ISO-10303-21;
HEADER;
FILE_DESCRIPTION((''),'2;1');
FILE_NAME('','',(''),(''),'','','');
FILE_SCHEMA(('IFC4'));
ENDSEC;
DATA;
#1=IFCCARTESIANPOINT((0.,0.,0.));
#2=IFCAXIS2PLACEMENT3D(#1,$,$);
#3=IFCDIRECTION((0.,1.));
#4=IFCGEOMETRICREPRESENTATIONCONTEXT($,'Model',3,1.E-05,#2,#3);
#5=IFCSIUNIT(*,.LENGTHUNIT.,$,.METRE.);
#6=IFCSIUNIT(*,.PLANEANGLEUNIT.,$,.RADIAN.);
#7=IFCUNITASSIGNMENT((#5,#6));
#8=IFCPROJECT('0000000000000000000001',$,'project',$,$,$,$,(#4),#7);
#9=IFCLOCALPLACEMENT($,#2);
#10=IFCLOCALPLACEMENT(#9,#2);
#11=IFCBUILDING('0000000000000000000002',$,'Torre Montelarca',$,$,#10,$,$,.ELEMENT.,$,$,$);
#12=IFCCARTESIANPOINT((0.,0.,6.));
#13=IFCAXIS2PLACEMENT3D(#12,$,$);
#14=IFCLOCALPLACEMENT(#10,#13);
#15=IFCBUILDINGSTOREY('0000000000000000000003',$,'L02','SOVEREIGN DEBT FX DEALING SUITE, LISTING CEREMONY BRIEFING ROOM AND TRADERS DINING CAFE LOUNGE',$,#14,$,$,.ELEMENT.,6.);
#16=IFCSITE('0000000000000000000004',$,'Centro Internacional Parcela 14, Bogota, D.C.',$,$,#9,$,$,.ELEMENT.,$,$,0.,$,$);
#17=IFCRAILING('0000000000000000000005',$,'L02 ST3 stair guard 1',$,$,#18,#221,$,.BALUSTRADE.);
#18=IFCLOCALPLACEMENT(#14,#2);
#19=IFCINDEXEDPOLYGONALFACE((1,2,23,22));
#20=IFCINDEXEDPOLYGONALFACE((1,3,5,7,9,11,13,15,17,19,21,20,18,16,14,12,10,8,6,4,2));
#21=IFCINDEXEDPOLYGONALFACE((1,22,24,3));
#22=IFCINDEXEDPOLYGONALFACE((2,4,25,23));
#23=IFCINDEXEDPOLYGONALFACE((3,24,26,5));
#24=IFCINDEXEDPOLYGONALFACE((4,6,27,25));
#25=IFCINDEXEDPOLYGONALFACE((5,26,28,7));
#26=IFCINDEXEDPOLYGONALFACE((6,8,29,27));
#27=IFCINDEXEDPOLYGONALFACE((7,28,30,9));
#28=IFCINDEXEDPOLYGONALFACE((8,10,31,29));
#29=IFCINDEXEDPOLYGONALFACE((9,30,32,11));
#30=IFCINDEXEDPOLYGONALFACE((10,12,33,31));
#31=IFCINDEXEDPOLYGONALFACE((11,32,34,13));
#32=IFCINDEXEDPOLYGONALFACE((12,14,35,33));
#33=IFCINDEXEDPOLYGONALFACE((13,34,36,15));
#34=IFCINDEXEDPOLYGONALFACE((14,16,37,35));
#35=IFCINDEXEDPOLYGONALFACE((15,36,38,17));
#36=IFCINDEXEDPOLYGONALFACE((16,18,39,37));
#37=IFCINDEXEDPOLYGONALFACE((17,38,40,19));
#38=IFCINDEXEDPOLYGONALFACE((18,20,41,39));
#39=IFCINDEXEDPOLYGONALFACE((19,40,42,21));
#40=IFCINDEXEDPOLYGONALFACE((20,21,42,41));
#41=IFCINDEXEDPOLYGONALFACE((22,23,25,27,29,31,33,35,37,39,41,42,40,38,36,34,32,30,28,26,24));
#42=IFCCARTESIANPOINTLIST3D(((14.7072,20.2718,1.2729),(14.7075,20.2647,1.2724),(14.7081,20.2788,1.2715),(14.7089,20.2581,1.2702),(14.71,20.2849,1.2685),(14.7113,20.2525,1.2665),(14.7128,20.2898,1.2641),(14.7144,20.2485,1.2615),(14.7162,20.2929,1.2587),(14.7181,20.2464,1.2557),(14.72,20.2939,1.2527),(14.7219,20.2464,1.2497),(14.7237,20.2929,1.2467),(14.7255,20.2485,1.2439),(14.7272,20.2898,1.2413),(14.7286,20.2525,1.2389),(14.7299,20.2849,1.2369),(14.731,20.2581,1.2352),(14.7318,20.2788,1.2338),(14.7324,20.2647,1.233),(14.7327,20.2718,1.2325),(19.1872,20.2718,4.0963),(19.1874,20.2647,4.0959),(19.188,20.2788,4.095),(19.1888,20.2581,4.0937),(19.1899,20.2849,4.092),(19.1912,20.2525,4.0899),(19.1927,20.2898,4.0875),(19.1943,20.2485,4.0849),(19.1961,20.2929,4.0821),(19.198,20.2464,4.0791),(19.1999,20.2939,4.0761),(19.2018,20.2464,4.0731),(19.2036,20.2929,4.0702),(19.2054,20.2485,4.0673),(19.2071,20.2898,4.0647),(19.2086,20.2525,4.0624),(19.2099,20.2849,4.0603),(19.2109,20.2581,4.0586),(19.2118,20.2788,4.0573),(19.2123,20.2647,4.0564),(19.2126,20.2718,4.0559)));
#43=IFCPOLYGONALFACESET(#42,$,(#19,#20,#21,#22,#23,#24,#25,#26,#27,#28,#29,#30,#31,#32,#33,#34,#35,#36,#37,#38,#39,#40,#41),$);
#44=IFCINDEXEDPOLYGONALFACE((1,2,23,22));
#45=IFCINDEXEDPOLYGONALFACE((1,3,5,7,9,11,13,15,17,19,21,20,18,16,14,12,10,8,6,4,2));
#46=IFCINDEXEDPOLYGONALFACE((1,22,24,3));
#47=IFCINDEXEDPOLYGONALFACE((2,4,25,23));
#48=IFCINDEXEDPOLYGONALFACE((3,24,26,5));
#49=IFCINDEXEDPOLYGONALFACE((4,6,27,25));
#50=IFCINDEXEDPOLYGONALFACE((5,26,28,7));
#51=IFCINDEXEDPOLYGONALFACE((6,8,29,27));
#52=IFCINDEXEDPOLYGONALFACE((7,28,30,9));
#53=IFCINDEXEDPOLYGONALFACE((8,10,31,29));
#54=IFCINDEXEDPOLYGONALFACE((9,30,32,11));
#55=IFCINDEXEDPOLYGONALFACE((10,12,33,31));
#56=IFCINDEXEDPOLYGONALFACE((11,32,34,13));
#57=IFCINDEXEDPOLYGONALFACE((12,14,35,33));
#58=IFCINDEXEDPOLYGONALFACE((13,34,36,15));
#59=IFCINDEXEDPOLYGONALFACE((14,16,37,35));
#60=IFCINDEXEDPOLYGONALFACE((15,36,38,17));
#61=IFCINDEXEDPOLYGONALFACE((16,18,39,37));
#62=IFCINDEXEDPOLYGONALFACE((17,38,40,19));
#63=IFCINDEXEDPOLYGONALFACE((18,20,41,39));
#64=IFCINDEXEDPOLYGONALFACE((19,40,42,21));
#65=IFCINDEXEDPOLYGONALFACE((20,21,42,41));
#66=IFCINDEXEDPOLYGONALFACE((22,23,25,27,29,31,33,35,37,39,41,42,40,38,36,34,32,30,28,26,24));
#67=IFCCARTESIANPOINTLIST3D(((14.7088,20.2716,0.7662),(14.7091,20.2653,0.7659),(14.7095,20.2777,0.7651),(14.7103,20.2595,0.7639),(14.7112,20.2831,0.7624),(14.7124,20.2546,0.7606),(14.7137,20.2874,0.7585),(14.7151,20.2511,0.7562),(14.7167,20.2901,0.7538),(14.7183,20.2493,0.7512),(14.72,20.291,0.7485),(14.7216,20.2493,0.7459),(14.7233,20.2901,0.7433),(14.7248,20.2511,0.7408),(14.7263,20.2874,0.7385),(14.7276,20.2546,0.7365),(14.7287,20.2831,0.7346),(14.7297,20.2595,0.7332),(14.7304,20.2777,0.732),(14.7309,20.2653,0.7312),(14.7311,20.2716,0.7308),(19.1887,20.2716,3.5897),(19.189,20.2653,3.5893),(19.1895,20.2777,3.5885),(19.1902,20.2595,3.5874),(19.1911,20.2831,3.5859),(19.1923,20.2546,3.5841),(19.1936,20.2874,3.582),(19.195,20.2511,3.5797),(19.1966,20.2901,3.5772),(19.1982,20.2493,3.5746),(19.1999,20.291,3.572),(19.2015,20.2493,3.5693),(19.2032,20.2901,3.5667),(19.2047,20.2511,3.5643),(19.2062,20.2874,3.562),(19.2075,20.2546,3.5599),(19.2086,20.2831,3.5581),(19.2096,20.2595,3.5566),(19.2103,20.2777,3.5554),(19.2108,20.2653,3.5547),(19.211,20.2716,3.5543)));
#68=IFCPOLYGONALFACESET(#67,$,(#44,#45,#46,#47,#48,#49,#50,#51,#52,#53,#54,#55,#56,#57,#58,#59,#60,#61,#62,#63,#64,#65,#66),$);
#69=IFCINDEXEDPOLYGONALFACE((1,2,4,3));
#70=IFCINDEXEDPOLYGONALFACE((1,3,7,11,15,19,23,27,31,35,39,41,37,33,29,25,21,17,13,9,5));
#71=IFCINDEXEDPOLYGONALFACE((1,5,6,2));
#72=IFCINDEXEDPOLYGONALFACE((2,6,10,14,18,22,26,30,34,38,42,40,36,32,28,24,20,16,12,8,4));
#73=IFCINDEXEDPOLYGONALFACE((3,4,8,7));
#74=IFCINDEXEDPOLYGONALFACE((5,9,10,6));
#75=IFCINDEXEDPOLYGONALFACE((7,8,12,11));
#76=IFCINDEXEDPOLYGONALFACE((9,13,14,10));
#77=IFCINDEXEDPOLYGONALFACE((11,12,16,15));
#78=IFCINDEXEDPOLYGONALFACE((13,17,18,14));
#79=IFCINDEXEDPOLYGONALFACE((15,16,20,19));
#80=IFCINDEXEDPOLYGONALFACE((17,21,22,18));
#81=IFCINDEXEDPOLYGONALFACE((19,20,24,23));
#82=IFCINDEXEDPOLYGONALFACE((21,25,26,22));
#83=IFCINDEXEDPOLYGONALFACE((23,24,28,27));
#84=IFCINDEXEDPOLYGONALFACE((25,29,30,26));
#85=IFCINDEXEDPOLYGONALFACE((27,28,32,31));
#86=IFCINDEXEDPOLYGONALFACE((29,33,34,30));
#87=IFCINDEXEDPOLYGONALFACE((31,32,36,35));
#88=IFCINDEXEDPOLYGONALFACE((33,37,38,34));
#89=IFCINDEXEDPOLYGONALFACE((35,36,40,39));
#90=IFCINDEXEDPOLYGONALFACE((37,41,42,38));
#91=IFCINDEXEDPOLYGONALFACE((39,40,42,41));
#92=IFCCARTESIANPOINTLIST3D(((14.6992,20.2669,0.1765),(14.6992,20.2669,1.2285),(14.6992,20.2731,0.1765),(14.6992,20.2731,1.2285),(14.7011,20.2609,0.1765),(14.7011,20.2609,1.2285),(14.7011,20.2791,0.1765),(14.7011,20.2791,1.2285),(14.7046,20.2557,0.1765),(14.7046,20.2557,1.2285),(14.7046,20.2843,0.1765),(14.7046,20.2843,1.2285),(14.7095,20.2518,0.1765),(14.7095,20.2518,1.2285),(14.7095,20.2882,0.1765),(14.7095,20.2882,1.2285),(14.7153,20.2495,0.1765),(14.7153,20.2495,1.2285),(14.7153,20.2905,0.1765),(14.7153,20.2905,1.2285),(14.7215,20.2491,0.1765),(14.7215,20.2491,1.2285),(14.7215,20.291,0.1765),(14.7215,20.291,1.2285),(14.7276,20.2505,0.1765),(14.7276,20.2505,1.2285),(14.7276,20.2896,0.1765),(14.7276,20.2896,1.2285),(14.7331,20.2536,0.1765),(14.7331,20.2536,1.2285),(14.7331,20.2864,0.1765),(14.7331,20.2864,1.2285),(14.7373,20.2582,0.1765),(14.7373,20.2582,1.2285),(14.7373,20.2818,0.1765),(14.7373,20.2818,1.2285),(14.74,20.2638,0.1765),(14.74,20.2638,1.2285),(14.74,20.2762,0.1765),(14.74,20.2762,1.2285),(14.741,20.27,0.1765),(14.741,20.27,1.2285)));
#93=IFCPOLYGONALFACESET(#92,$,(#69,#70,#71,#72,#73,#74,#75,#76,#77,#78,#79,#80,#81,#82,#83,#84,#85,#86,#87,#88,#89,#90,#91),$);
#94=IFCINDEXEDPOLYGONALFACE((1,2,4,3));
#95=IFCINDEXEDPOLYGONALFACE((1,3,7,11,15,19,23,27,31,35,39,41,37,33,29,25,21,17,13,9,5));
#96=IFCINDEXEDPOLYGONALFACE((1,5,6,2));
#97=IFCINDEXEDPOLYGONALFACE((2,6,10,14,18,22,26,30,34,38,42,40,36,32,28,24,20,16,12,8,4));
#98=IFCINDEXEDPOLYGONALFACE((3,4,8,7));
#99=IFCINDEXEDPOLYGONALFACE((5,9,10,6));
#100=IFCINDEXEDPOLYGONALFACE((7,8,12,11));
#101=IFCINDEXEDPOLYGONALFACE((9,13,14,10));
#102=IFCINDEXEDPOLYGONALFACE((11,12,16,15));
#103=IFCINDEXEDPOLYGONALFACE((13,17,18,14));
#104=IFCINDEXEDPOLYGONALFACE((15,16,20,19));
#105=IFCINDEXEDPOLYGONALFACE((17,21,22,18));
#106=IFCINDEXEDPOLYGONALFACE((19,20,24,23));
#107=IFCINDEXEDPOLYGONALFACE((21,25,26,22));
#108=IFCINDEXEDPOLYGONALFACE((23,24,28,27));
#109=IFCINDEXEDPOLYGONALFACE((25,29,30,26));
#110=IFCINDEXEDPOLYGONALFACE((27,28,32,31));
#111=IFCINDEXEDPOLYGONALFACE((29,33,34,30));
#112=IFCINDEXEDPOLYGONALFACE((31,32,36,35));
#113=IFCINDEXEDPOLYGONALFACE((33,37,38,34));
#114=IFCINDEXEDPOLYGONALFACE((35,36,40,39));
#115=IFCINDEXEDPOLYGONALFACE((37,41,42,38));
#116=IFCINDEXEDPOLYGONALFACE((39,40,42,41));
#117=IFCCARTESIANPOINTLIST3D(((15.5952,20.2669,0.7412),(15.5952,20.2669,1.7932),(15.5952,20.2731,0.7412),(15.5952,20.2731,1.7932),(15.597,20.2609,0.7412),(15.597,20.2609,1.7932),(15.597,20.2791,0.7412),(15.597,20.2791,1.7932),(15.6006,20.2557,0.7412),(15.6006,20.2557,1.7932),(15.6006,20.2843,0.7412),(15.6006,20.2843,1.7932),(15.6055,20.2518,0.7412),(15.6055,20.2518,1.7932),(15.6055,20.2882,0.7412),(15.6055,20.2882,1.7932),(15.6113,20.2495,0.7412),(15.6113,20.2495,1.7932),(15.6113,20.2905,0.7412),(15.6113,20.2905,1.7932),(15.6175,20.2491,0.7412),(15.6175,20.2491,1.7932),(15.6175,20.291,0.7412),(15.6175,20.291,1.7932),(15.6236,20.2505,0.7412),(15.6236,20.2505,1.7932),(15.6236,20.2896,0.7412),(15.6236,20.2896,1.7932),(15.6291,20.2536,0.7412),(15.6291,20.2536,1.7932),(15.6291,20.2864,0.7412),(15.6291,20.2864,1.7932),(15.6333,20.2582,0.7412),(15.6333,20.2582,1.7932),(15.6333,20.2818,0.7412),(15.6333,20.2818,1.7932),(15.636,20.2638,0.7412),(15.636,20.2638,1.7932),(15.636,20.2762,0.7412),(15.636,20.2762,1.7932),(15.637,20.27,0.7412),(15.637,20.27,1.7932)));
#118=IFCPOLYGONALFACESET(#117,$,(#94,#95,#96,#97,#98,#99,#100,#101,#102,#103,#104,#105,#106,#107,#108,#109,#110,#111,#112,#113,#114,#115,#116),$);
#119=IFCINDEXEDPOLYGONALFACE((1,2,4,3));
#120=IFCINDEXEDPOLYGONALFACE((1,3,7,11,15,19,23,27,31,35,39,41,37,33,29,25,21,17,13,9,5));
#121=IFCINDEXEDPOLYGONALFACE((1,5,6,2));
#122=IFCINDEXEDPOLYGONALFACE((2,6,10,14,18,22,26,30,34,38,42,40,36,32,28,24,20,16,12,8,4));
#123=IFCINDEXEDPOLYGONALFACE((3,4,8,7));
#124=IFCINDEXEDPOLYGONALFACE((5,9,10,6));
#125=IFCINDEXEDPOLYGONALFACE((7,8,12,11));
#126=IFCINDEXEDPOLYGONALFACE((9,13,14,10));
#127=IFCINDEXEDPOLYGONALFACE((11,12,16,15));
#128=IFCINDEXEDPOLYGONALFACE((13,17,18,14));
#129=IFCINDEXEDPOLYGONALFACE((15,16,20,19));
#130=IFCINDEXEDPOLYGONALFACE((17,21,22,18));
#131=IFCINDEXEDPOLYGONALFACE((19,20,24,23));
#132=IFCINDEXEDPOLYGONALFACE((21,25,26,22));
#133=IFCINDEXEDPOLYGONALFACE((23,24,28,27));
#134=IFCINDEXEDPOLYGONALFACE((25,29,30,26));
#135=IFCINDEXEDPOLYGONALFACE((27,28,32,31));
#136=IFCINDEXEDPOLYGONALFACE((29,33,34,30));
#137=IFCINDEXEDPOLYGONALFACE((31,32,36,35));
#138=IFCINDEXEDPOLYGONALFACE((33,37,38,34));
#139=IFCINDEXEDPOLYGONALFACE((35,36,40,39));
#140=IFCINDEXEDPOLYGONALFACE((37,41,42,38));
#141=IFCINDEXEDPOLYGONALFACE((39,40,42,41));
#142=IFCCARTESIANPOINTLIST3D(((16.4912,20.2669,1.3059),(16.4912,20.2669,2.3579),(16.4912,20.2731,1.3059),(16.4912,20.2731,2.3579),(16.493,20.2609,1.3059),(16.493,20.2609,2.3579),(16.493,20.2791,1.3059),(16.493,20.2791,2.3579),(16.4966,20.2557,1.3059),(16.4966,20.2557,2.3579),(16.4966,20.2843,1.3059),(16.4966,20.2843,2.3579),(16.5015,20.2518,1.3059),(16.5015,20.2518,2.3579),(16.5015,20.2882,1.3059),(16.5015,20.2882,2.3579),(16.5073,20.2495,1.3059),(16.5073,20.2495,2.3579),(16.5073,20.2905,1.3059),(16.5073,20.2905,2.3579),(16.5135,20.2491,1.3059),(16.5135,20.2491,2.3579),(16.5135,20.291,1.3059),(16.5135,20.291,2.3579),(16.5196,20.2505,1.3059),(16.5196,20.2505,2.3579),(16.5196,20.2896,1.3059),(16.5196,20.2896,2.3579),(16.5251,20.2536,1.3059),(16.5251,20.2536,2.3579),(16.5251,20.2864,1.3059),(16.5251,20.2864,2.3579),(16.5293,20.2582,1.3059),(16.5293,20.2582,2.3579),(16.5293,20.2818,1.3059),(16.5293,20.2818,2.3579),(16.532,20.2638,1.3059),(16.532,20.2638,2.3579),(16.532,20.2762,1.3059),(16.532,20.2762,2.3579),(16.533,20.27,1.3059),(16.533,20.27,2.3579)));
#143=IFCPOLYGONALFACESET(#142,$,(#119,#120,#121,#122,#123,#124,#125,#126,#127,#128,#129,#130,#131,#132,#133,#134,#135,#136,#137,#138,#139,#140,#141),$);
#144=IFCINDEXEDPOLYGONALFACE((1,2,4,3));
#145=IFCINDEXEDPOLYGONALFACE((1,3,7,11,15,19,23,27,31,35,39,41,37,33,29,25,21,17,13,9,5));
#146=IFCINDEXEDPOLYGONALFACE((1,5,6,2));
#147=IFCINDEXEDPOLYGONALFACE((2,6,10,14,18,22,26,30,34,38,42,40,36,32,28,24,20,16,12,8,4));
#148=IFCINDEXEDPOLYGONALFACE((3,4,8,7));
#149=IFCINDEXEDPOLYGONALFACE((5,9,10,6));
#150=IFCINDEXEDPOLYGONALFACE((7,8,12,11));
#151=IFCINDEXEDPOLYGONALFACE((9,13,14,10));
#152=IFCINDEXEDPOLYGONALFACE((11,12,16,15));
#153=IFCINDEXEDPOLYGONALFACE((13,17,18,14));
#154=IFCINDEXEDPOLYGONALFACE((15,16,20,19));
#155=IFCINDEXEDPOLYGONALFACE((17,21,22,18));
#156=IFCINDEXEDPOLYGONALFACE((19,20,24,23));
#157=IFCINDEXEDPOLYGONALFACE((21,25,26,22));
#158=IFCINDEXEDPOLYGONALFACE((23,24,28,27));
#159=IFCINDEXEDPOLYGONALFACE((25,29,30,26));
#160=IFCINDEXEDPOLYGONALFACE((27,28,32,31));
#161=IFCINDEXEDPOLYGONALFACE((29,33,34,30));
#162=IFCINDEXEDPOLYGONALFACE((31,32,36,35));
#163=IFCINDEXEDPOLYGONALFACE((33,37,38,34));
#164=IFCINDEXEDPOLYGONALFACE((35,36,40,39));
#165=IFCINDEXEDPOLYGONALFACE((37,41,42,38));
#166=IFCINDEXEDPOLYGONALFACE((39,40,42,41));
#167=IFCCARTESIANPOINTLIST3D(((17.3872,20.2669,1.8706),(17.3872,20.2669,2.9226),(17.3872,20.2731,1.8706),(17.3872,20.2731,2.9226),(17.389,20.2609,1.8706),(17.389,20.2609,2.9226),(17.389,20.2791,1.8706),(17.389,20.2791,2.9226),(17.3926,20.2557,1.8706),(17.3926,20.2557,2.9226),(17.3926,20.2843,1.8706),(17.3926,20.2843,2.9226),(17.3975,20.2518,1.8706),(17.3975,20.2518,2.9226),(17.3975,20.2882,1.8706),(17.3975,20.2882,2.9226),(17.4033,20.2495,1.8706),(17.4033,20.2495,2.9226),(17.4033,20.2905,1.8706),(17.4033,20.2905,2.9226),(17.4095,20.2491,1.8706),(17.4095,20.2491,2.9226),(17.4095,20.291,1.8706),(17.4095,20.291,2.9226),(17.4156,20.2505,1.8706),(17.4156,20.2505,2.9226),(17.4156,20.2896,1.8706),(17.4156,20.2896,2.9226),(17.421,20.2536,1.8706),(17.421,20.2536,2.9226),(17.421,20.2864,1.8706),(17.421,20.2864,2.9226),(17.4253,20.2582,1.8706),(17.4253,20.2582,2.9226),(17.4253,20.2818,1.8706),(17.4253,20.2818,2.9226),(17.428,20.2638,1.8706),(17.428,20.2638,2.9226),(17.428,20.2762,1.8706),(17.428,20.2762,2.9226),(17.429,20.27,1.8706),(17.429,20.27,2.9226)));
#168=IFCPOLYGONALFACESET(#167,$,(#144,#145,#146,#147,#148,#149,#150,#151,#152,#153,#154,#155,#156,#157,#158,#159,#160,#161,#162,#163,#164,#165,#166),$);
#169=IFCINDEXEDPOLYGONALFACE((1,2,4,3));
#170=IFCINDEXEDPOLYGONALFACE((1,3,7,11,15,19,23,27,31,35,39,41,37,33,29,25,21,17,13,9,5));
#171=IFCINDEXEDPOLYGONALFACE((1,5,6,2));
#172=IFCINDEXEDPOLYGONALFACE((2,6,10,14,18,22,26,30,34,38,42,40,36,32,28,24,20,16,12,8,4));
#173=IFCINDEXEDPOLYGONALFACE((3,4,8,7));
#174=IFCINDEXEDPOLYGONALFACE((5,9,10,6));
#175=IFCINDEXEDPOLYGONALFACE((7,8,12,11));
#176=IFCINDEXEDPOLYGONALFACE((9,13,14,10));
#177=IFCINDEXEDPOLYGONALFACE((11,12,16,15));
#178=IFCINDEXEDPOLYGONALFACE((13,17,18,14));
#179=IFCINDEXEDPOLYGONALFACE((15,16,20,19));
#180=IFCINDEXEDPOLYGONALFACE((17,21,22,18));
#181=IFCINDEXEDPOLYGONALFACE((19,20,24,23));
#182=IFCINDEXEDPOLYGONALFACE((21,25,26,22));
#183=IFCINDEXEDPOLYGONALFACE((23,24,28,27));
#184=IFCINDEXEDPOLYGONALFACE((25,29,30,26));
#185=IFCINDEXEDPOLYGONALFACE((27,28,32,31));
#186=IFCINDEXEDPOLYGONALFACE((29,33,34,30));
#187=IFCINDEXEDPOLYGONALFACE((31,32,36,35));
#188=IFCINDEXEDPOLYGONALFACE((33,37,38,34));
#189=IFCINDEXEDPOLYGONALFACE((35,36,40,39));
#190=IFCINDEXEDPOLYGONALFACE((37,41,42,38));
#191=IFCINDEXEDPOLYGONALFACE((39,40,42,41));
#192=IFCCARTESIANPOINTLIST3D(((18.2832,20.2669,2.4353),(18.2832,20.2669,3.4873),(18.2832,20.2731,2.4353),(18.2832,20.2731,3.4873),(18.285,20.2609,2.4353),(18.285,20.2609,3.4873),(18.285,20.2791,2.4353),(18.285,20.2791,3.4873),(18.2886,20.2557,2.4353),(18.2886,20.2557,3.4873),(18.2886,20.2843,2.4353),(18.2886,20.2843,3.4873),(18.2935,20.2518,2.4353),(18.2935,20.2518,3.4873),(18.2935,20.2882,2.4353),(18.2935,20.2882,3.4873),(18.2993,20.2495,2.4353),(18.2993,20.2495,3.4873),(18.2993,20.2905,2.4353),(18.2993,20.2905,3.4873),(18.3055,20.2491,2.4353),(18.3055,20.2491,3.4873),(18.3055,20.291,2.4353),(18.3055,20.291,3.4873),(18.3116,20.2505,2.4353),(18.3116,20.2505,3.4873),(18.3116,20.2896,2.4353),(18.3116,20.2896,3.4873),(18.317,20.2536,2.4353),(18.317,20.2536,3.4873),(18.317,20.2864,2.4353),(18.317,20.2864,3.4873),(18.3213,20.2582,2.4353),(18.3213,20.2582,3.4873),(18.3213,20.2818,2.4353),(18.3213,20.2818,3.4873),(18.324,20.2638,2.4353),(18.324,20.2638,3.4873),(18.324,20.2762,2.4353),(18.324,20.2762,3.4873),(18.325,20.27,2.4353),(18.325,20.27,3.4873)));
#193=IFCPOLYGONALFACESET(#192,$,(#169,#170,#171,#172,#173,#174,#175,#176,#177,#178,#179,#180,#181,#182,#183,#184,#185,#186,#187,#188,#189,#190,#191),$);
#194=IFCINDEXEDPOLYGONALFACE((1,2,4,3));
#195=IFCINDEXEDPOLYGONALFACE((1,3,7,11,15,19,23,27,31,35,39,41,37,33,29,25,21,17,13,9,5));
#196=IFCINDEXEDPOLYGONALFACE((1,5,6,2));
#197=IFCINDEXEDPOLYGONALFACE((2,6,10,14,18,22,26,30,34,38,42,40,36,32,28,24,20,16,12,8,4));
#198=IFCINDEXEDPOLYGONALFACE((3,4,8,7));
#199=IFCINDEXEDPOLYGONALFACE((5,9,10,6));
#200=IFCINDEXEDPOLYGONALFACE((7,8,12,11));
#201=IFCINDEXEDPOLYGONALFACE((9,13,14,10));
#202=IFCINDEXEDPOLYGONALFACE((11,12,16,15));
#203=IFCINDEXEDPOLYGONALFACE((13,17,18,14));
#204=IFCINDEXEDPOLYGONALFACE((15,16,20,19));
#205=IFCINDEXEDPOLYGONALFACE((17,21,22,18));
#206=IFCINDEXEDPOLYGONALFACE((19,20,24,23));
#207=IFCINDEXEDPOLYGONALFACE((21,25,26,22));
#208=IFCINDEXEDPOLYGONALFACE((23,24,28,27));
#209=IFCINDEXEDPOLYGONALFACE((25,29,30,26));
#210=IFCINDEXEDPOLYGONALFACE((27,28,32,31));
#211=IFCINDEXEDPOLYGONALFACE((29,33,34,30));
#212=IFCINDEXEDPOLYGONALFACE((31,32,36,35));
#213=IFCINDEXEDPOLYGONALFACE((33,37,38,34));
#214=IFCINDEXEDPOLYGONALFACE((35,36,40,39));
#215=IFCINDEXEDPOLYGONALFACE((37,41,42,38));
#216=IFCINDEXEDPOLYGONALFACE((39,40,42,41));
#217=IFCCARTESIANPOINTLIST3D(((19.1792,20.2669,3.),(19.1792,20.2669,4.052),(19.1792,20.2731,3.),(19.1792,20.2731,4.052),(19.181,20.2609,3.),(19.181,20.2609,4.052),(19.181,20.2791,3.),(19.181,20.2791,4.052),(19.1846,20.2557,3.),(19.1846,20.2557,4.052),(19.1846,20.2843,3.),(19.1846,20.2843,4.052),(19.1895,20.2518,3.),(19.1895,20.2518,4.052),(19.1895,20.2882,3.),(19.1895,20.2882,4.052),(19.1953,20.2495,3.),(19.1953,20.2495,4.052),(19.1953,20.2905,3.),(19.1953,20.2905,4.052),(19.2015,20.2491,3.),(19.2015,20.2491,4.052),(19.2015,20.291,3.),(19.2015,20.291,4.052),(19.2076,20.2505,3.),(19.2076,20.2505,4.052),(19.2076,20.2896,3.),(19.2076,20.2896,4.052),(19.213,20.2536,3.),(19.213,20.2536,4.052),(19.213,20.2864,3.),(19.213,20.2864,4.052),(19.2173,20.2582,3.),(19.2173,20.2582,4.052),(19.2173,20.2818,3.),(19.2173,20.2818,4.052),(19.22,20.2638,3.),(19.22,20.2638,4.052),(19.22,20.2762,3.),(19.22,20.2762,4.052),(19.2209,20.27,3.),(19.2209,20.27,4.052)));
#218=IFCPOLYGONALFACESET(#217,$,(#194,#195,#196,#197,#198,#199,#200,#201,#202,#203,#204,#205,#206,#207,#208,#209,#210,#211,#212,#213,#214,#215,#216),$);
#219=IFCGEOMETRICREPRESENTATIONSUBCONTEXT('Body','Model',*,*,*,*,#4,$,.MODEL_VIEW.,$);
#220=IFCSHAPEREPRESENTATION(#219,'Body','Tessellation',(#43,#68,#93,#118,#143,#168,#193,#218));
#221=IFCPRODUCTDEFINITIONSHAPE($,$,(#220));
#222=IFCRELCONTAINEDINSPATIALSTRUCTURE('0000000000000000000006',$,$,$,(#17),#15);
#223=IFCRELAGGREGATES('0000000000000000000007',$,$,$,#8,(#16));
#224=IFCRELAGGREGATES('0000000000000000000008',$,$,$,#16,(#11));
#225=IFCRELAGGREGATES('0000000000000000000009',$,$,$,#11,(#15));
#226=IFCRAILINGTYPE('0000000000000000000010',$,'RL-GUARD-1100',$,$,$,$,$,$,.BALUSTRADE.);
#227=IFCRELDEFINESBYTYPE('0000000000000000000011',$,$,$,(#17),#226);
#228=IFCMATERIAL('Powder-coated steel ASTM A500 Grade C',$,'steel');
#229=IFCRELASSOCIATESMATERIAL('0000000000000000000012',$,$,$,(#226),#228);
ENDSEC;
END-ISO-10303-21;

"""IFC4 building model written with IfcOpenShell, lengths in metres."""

from ifc_helpers import new_model, si_unit, direction, frame, origin, origin_2d, place, context, subcontext, project, spatial, circle, extrude, material, type_object, element, save


model = new_model("IFC4")

# Units and contexts
model_context = context("Model", 3, precision=1e-05, world=origin(), true_north=direction((0.0, 1.0)))
body_context = subcontext(model_context, "Body", "Model", "MODEL_VIEW")
ifc_project = project(units=[si_unit("LENGTHUNIT", "METRE"), si_unit("PLANEANGLEUNIT", "RADIAN")], contexts=[model_context])

# Site, building, storey
site_placement = place(None, origin())
site = spatial("IfcSite", under=ifc_project, at=site_placement, Name="Centro Internacional Parcela 14, Bogota, D.C.", CompositionType="ELEMENT", RefElevation=0.0)
building_placement = place(site_placement, origin())
building = spatial("IfcBuilding", under=site, at=building_placement, Name="Torre Montelarca", CompositionType="ELEMENT")
storey_placement = place(building_placement, frame((0.0, 0.0, 6.0)))
storey = spatial("IfcBuildingStorey", under=building, at=storey_placement, Name="L02", Description="SOVEREIGN DEBT FX DEALING SUITE, LISTING CEREMONY BRIEFING ROOM AND TRADERS DINING CAFE LOUNGE", CompositionType="ELEMENT", Elevation=6.0)

# Railing
ifc_material_1 = material(Name="Powder-coated steel ASTM A500 Grade C", Category="steel")
railing_type_1 = type_object("IfcRailingType", Name="RL-GUARD-1100", PredefinedType="BALUSTRADE", material=ifc_material_1)
railing_1_placement = place(storey_placement, frame((14.72, 20.27, 0.1765)))
element("IfcRailing", 1, at=railing_1_placement, inside=storey, type_object=railing_type_1, Name="L02 ST3 stair guard 1", PredefinedType="BALUSTRADE", context=body_context, shape_type="SweptSolid", body=[
    extrude(circle(Radius=0.0239, at=origin_2d()), frame((0.0, 0.0, 1.0762), z_axis=(0.845998, 0.0, 0.533186), x_axis=(0.0, 1.0, 0.0)), (0.0, 0.0, 1.0), 5.2954),
    extrude(circle(Radius=0.021, at=origin_2d()), frame((0.0, 0.0, 0.572), z_axis=(0.845998, 0.0, 0.533186), x_axis=(0.0, 1.0, 0.0)), (0.0, 0.0, 1.0), 5.2954),
    extrude(circle(Radius=0.021, at=origin_2d()), origin(), (0.0, 0.0, 1.0), 1.052),
    extrude(circle(Radius=0.021, at=origin_2d()), frame((0.896, 0.0, 0.5647)), (0.0, 0.0, 1.0), 1.052),
    extrude(circle(Radius=0.021, at=origin_2d()), frame((1.792, 0.0, 1.1294)), (0.0, 0.0, 1.0), 1.052),
    extrude(circle(Radius=0.021, at=origin_2d()), frame((2.688, 0.0, 1.6941)), (0.0, 0.0, 1.0), 1.052),
    extrude(circle(Radius=0.021, at=origin_2d()), frame((3.584, 0.0, 2.2588)), (0.0, 0.0, 1.0), 1.052),
    extrude(circle(Radius=0.021, at=origin_2d()), frame((4.48, 0.0, 2.8235)), (0.0, 0.0, 1.0), 1.052),
])

save(model, "model.ifc")
